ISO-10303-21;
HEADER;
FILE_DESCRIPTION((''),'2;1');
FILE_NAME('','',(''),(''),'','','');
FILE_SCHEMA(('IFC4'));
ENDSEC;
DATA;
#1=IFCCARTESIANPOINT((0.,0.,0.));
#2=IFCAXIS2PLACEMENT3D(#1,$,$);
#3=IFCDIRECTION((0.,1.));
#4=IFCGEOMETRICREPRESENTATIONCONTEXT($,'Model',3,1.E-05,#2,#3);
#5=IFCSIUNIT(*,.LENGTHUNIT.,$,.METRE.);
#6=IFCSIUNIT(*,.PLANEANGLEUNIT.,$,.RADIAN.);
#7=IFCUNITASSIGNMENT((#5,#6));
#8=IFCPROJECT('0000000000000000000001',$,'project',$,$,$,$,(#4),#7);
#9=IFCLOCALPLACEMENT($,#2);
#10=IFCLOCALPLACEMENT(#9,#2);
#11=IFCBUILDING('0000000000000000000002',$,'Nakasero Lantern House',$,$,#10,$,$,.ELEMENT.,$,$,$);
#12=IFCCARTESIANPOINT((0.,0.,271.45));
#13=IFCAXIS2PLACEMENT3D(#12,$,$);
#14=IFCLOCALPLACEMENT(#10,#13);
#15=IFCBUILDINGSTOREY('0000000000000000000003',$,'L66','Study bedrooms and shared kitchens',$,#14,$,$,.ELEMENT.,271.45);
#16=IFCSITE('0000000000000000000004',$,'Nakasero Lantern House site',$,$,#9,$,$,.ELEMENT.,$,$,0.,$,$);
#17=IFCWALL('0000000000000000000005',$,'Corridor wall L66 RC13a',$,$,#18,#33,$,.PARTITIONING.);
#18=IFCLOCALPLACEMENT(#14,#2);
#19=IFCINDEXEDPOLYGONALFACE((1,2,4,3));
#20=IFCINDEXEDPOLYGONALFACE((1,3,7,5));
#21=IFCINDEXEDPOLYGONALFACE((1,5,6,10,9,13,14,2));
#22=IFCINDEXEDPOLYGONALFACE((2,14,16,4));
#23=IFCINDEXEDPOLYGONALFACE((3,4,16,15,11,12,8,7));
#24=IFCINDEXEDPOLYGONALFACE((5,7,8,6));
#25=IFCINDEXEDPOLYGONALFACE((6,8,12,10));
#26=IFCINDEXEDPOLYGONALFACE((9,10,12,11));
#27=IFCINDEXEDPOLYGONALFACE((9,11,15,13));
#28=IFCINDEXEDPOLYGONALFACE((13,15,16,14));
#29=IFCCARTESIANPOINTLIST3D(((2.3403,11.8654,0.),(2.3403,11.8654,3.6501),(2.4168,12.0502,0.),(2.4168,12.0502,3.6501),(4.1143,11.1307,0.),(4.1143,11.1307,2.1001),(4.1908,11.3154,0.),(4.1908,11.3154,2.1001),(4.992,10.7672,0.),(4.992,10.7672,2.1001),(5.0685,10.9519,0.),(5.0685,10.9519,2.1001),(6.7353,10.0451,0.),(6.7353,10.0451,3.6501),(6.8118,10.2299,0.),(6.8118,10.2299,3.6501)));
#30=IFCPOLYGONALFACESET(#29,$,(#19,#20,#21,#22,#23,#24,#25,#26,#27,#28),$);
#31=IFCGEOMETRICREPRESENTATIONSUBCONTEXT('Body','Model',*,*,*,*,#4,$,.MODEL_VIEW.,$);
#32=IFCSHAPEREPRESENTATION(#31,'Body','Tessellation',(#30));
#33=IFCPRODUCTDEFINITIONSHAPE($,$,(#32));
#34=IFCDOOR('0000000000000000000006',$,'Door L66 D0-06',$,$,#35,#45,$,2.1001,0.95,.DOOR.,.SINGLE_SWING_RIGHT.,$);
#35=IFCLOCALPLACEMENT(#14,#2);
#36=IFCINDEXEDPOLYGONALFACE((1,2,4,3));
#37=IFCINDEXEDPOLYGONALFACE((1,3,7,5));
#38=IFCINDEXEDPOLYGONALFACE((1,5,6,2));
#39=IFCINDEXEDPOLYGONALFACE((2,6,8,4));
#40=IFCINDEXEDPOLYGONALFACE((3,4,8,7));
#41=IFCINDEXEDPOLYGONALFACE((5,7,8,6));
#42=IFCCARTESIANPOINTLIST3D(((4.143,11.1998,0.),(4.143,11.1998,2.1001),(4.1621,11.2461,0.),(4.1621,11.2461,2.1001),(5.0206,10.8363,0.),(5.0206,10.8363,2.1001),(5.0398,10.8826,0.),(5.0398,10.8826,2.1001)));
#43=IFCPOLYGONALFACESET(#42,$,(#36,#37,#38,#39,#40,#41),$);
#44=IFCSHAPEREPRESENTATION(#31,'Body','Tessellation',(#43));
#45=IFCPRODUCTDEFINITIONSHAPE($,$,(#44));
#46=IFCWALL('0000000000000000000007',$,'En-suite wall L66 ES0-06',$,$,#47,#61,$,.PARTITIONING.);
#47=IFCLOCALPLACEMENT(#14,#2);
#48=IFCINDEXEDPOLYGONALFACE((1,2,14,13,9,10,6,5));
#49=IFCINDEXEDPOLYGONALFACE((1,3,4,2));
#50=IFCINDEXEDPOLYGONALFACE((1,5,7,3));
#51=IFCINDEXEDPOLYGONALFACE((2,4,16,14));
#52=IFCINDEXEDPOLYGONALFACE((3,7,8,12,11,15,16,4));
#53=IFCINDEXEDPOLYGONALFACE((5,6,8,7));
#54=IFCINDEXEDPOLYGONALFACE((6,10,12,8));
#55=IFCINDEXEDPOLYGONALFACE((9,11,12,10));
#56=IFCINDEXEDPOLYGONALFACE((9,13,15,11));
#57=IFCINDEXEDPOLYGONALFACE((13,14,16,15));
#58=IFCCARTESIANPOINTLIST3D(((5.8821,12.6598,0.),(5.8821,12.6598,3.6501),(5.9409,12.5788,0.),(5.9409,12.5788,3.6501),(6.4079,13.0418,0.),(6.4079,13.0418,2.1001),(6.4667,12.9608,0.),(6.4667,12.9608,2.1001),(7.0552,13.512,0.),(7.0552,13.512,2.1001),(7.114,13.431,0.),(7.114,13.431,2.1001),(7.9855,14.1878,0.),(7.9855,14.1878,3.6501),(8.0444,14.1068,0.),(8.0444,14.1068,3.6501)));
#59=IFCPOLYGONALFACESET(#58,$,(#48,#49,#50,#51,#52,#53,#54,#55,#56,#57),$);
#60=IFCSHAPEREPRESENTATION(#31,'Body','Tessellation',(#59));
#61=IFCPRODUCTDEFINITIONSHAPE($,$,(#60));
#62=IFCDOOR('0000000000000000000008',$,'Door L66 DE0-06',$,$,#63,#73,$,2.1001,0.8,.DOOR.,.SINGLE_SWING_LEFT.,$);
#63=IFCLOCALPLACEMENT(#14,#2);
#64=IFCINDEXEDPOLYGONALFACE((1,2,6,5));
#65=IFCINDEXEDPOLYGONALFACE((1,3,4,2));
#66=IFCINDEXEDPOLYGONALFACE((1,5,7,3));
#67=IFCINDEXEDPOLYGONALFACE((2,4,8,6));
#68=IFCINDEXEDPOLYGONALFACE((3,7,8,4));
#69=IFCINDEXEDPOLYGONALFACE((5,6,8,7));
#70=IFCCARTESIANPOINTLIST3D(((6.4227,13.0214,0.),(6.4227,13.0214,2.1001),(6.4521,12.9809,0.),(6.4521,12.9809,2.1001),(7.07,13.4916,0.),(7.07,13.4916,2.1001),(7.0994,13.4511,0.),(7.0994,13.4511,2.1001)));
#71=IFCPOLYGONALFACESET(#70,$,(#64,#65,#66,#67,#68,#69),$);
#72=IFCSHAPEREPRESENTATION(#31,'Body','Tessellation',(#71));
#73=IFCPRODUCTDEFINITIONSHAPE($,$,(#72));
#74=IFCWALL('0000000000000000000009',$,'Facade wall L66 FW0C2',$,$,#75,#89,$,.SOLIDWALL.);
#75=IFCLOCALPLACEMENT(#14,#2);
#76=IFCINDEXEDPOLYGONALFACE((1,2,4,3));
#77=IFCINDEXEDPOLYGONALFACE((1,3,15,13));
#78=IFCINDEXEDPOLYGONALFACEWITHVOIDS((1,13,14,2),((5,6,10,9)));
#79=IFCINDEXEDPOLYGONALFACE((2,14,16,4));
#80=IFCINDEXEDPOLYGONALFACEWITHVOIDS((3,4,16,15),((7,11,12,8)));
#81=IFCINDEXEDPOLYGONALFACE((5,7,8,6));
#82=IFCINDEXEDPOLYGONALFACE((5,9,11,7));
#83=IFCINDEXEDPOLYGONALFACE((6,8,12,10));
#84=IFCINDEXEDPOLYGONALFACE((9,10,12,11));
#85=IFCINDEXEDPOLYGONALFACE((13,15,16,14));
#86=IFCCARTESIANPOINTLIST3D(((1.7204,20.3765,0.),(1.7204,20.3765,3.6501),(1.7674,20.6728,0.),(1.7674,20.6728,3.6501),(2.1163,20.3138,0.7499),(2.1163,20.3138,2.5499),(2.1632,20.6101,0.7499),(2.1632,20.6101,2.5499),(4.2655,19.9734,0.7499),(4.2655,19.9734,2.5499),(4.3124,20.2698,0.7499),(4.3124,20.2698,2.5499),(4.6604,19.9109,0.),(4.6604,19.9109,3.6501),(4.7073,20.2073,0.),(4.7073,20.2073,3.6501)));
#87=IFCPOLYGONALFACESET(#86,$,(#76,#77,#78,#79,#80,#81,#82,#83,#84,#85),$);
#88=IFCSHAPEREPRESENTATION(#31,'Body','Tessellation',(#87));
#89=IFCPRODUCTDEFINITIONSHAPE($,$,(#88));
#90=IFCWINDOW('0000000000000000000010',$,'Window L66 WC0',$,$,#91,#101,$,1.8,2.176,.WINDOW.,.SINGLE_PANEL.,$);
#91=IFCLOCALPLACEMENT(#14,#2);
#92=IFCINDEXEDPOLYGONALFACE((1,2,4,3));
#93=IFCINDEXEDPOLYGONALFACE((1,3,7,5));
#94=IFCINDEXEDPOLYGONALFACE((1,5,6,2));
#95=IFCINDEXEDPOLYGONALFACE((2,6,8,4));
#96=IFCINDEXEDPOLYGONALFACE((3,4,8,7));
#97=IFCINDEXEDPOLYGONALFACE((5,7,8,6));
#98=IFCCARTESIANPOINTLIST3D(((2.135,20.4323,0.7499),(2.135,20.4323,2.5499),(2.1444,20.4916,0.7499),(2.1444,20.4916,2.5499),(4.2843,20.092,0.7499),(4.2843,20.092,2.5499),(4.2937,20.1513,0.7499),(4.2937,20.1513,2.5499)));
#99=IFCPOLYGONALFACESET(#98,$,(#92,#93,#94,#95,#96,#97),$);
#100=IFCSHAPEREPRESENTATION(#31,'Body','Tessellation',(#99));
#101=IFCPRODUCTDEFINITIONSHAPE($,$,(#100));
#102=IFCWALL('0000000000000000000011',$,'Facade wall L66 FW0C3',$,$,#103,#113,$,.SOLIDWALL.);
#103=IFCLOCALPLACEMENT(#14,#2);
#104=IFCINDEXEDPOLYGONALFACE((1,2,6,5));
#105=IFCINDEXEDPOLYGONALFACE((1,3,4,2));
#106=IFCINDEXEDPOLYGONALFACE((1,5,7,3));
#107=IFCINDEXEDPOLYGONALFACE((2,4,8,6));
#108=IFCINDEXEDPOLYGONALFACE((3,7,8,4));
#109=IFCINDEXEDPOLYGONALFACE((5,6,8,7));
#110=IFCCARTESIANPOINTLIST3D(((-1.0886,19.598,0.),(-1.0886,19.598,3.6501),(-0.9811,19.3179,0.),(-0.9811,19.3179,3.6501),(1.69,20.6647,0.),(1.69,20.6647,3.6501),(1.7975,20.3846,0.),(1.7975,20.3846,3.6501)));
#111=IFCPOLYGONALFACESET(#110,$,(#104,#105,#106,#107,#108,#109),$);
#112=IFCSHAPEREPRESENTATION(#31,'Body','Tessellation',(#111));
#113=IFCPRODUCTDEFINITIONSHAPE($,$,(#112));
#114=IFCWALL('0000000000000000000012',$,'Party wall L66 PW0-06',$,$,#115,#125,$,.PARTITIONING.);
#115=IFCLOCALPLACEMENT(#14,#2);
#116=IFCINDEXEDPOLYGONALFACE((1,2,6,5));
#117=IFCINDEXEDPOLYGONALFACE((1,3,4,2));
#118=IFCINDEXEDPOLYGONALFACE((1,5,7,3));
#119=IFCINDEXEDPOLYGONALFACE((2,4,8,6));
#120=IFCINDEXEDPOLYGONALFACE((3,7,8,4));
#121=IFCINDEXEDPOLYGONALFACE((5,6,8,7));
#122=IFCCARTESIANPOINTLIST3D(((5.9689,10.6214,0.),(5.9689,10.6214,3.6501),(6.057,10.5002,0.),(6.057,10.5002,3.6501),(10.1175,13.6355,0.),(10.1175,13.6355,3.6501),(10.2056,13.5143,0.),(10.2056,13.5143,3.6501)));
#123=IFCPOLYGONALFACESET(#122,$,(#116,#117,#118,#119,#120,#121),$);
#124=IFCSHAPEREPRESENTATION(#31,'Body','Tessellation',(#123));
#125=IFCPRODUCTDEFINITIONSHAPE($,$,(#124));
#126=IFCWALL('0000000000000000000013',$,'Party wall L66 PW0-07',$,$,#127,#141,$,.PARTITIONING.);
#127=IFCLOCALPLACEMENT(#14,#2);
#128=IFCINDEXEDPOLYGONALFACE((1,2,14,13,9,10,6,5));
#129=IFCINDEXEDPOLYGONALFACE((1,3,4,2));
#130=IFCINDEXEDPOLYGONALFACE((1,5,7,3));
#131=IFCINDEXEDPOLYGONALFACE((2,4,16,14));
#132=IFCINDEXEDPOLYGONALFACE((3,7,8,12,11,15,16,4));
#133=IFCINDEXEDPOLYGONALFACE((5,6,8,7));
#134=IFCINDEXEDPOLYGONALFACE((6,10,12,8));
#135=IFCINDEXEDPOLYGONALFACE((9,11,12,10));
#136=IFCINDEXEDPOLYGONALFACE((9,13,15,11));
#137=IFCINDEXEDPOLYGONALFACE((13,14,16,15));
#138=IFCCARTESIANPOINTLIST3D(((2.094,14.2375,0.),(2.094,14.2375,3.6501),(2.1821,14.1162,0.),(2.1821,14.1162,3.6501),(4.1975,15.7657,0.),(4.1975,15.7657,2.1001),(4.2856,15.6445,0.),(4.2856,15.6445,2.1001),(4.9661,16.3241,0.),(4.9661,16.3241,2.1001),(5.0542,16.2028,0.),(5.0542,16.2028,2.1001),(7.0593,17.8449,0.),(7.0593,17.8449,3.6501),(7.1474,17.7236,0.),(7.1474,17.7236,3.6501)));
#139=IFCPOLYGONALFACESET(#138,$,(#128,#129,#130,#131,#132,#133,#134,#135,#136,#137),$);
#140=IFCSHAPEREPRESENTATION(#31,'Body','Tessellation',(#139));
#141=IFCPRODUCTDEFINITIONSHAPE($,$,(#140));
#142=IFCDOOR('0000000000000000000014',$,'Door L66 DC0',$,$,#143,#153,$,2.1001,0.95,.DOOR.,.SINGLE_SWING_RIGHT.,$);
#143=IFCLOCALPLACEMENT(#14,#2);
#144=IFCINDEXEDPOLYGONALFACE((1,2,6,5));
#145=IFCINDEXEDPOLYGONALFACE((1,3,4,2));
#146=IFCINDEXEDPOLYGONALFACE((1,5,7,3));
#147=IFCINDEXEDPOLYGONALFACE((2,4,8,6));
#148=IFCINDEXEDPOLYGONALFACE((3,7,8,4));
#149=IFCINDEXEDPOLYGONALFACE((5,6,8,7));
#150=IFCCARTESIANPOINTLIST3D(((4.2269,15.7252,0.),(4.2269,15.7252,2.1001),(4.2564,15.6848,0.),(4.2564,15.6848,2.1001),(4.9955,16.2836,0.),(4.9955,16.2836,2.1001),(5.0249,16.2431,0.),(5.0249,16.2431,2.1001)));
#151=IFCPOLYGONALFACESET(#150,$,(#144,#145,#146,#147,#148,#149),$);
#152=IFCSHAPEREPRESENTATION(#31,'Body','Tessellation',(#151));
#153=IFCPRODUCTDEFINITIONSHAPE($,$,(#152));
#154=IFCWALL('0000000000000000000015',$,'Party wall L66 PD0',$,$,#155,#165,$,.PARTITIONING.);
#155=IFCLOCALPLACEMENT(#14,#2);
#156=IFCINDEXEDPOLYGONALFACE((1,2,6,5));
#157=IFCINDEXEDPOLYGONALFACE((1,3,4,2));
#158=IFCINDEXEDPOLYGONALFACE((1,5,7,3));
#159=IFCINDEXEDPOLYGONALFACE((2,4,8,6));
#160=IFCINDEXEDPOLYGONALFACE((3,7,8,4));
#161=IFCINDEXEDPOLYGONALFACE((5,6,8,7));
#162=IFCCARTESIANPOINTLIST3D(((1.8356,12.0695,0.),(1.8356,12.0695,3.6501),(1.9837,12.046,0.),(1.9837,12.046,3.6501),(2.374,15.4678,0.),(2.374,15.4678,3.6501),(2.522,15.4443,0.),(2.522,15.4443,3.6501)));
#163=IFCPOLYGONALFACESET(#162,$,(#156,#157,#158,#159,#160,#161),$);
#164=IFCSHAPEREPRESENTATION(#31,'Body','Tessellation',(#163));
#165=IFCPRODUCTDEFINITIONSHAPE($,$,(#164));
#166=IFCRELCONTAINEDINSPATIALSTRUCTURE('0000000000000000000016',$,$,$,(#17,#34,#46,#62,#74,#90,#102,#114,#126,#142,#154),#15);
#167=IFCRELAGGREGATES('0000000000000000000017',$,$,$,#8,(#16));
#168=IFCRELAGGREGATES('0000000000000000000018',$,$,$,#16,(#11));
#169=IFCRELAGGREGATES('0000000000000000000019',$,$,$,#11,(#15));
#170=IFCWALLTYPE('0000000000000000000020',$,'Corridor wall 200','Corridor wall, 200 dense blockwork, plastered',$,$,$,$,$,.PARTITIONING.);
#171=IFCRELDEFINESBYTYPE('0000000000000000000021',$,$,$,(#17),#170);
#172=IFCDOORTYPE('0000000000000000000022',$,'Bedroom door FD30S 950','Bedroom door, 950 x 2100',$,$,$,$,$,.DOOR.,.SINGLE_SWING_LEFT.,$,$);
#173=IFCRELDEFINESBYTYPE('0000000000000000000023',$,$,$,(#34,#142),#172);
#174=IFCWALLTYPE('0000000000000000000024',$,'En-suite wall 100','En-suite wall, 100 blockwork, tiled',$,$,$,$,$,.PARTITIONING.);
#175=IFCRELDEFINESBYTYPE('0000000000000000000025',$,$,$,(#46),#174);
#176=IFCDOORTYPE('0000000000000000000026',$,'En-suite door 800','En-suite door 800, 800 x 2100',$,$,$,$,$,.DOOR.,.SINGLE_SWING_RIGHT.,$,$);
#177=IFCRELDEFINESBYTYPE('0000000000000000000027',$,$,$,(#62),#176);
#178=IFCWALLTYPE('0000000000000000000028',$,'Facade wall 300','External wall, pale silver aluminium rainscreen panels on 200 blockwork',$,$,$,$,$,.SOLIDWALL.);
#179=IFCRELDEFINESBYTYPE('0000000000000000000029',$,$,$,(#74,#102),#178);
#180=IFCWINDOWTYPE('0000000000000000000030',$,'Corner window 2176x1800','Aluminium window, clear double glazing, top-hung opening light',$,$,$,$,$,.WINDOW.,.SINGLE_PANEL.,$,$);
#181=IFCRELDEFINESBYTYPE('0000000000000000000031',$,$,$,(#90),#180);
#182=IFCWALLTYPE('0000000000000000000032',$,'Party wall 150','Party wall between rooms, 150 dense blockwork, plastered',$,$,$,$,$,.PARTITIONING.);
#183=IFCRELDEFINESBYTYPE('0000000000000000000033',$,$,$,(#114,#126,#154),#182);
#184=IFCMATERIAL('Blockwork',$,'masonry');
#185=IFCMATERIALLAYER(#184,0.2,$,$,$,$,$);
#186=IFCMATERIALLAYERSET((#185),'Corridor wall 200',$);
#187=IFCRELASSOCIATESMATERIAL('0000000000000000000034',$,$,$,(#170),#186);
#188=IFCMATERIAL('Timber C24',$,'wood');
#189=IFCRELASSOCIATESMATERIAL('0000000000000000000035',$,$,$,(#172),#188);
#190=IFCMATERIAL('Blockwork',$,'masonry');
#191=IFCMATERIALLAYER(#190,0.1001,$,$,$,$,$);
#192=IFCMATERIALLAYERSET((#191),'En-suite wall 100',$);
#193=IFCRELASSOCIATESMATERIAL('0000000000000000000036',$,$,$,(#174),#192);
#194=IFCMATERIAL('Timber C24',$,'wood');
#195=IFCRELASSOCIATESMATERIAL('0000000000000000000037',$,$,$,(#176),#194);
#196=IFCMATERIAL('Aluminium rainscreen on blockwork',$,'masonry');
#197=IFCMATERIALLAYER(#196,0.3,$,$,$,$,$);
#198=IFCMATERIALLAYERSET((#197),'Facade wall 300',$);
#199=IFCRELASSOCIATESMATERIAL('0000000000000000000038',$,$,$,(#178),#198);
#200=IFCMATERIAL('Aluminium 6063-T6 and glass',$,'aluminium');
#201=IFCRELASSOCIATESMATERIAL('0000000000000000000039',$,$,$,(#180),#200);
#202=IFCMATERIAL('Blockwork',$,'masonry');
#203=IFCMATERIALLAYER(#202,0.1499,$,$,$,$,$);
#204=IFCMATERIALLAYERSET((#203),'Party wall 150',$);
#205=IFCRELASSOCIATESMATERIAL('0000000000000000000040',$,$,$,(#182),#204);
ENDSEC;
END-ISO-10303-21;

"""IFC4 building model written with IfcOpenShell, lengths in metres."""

from ifc_helpers import new_model, si_unit, direction, frame, frame_2d, origin, place, context, subcontext, project, spatial, rectangle, extrude, material, layer, layer_set, type_object, element, fill, save


model = new_model("IFC4")

# Units and contexts
model_context = context("Model", 3, precision=1e-05, world=origin(), true_north=direction((0.0, 1.0)))
body_context = subcontext(model_context, "Body", "Model", "MODEL_VIEW")
ifc_project = project(units=[si_unit("LENGTHUNIT", "METRE"), si_unit("PLANEANGLEUNIT", "RADIAN")], contexts=[model_context])

# Site, building, storey
site_placement = place(None, origin())
site = spatial("IfcSite", under=ifc_project, at=site_placement, Name="Nakasero Lantern House site", CompositionType="ELEMENT", RefElevation=0.0)
building_placement = place(site_placement, origin())
building = spatial("IfcBuilding", under=site, at=building_placement, Name="Nakasero Lantern House", CompositionType="ELEMENT")
storey_placement = place(building_placement, frame((0.0, 0.0, 271.45)))
storey = spatial("IfcBuildingStorey", under=building, at=storey_placement, Name="L66", Description="Study bedrooms and shared kitchens", CompositionType="ELEMENT", Elevation=271.45)

# Walls, openings, doors
ifc_material_1 = material(Name="Blockwork", Category="masonry")
ifc_layer_1 = layer(ifc_material_1, 0.2)
ifc_layer_set_1 = layer_set([ifc_layer_1], Name="Corridor wall 200")
wall_type_1 = type_object("IfcWallType", Name="Corridor wall 200", Description="Corridor wall, 200 dense blockwork, plastered", PredefinedType="PARTITIONING", material=ifc_layer_set_1)
wall_1_placement = place(storey_placement, frame((2.3787, 11.9578, 0.0), z_axis=(0.0, 0.0, 1.0), x_axis=(0.923892, -0.382654, 0.0)))
wall_1 = element("IfcWall", 1, at=wall_1_placement, inside=storey, type_object=wall_type_1, Name="Corridor wall L66 RC13a", PredefinedType="PARTITIONING", context=body_context, shape_type="SweptSolid", body=[
    extrude(rectangle(XDim=4.7571, YDim=0.2, at=frame_2d((2.3784, 0.0))), origin(), (0.0, 0.0, 1.0), 3.6501),
])
opening_1_placement = place(wall_1_placement, frame((1.9199, 0.0, 0.0)))
opening_1 = element("IfcOpeningElement", 2, at=opening_1_placement, cuts=wall_1, PredefinedType="OPENING", context=body_context, shape_type="SweptSolid", body=[
    extrude(rectangle(XDim=0.95, YDim=2.1001, at=frame_2d((0.4751, 1.05))), frame((0.0, 0.1199, 0.0), z_axis=(0.0, -1.0, 0.0), x_axis=(1.0, 0.0, 0.0)), (0.0, 0.0, 1.0), 0.24),
])
ifc_material_2 = material(Name="Timber C24", Category="wood")
door_type_1 = type_object("IfcDoorType", Name="Bedroom door FD30S 950", Description="Bedroom door, 950 x 2100", OperationType="SINGLE_SWING_LEFT", PredefinedType="DOOR", material=ifc_material_2)
door_1_placement = place(opening_1_placement, origin())
door_1 = element("IfcDoor", 3, at=door_1_placement, inside=storey, type_object=door_type_1, Name="Door L66 D0-06", OperationType="SINGLE_SWING_RIGHT", OverallHeight=2.1001, OverallWidth=0.95, PredefinedType="DOOR", context=body_context, shape_type="SweptSolid", body=[
    extrude(rectangle(XDim=0.95, YDim=2.1001, at=frame_2d((0.4751, 1.05))), frame((0.0, 0.0249, 0.0), z_axis=(0.0, -1.0, 0.0), x_axis=(1.0, 0.0, 0.0)), (0.0, 0.0, 1.0), 0.05),
])
fill(opening_1, door_1)
ifc_material_3 = material(Name="Blockwork", Category="masonry")
ifc_layer_2 = layer(ifc_material_3, 0.1001)
ifc_layer_set_2 = layer_set([ifc_layer_2], Name="En-suite wall 100")
wall_type_2 = type_object("IfcWallType", Name="En-suite wall 100", Description="En-suite wall, 100 blockwork, tiled", PredefinedType="PARTITIONING", material=ifc_layer_set_2)
wall_2_placement = place(storey_placement, frame((5.9116, 12.6194, 0.0), z_axis=(0.0, 0.0, 1.0), x_axis=(0.809057, 0.587731, 0.0)))
wall_2 = element("IfcWall", 4, at=wall_2_placement, inside=storey, type_object=wall_type_2, Name="En-suite wall L66 ES0-06", PredefinedType="PARTITIONING", context=body_context, shape_type="SweptSolid", body=[
    extrude(rectangle(XDim=2.5999, YDim=0.1001, at=frame_2d((1.2998, 0.0))), origin(), (0.0, 0.0, 1.0), 3.6501),
])
opening_2_placement = place(wall_2_placement, frame((0.6499, 0.0, 0.0)))
opening_2 = element("IfcOpeningElement", 5, at=opening_2_placement, cuts=wall_2, PredefinedType="OPENING", context=body_context, shape_type="SweptSolid", body=[
    extrude(rectangle(XDim=0.8, YDim=2.1001, at=frame_2d((0.3999, 1.05))), frame((0.0, 0.0701, 0.0), z_axis=(0.0, -1.0, 0.0), x_axis=(1.0, 0.0, 0.0)), (0.0, 0.0, 1.0), 0.1401),
])
ifc_material_4 = material(Name="Timber C24", Category="wood")
door_type_2 = type_object("IfcDoorType", Name="En-suite door 800", Description="En-suite door 800, 800 x 2100", OperationType="SINGLE_SWING_RIGHT", PredefinedType="DOOR", material=ifc_material_4)
door_2_placement = place(opening_2_placement, origin())
door_2 = element("IfcDoor", 6, at=door_2_placement, inside=storey, type_object=door_type_2, Name="Door L66 DE0-06", OperationType="SINGLE_SWING_LEFT", OverallHeight=2.1001, OverallWidth=0.8, PredefinedType="DOOR", context=body_context, shape_type="SweptSolid", body=[
    extrude(rectangle(XDim=0.8, YDim=2.1001, at=frame_2d((0.3999, 1.05))), frame((0.0, 0.0249, 0.0), z_axis=(0.0, -1.0, 0.0), x_axis=(1.0, 0.0, 0.0)), (0.0, 0.0, 1.0), 0.05),
])
fill(opening_2, door_2)

# Wall, opening, window
ifc_material_5 = material(Name="Aluminium rainscreen on blockwork", Category="masonry")
ifc_layer_3 = layer(ifc_material_5, 0.3)
ifc_layer_set_3 = layer_set([ifc_layer_3], Name="Facade wall 300")
wall_type_3 = type_object("IfcWallType", Name="Facade wall 300", Description="External wall, pale silver aluminium rainscreen panels on 200 blockwork", PredefinedType="SOLIDWALL", material=ifc_layer_set_3)
wall_3_placement = place(storey_placement, frame((4.6838, 20.0591, 0.0), z_axis=(0.0, 0.0, 1.0), x_axis=(-0.987692, 0.156413, 0.0)))
wall_3 = element("IfcWall", 7, at=wall_3_placement, inside=storey, type_object=wall_type_3, Name="Facade wall L66 FW0C2", PredefinedType="SOLIDWALL", context=body_context, shape_type="SweptSolid", body=[
    extrude(rectangle(XDim=2.9766, YDim=0.3, at=frame_2d((1.4883, 0.0))), origin(), (0.0, 0.0, 1.0), 3.6501),
])
opening_3_placement = place(wall_3_placement, frame((0.3999, 0.0, 0.75)))
opening_3 = element("IfcOpeningElement", 8, at=opening_3_placement, cuts=wall_3, PredefinedType="OPENING", context=body_context, shape_type="SweptSolid", body=[
    extrude(rectangle(XDim=2.176, YDim=1.8, at=frame_2d((1.0879, 0.8999))), frame((0.0, 0.1699, 0.0), z_axis=(0.0, -1.0, 0.0), x_axis=(1.0, 0.0, 0.0)), (0.0, 0.0, 1.0), 0.3401),
])
ifc_material_6 = material(Name="Aluminium 6063-T6 and glass", Category="aluminium")
window_type = type_object("IfcWindowType", Name="Corner window 2176x1800", Description="Aluminium window, clear double glazing, top-hung opening light", PartitioningType="SINGLE_PANEL", PredefinedType="WINDOW", material=ifc_material_6)
window_placement = place(opening_3_placement, origin())
window = element("IfcWindow", 9, at=window_placement, inside=storey, type_object=window_type, Name="Window L66 WC0", OverallHeight=1.8, OverallWidth=2.176, PartitioningType="SINGLE_PANEL", PredefinedType="WINDOW", context=body_context, shape_type="SweptSolid", body=[
    extrude(rectangle(XDim=2.176, YDim=1.8, at=frame_2d((1.0879, 0.8999))), frame((0.0, 0.03, 0.0), z_axis=(0.0, -1.0, 0.0), x_axis=(1.0, 0.0, 0.0)), (0.0, 0.0, 1.0), 0.0601),
])
fill(opening_3, window)

# Walls
wall_4_placement = place(storey_placement, frame((1.7439, 20.5247, 0.0), z_axis=(0.0, 0.0, 1.0), x_axis=(-0.933574, -0.358385, 0.0)))
element("IfcWall", 10, at=wall_4_placement, inside=storey, type_object=wall_type_3, Name="Facade wall L66 FW0C3", PredefinedType="SOLIDWALL", context=body_context, shape_type="SweptSolid", body=[
    extrude(rectangle(XDim=2.9763, YDim=0.3, at=frame_2d((1.4883, 0.0))), origin(), (0.0, 0.0, 1.0), 3.6501),
])
ifc_material_7 = material(Name="Blockwork", Category="masonry")
ifc_layer_4 = layer(ifc_material_7, 0.1499)
ifc_layer_set_4 = layer_set([ifc_layer_4], Name="Party wall 150")
wall_type_4 = type_object("IfcWallType", Name="Party wall 150", Description="Party wall between rooms, 150 dense blockwork, plastered", PredefinedType="PARTITIONING", material=ifc_layer_set_4)
wall_5_placement = place(storey_placement, frame((6.0129, 10.5608, 0.0), z_axis=(0.0, 0.0, 1.0), x_axis=(0.80902, 0.587781, 0.0)))
element("IfcWall", 11, at=wall_5_placement, inside=storey, type_object=wall_type_4, Name="Party wall L66 PW0-06", PredefinedType="PARTITIONING", context=body_context, shape_type="SweptSolid", body=[
    extrude(rectangle(XDim=5.1279, YDim=0.1499, at=frame_2d((2.564, 0.0))), origin(), (0.0, 0.0, 1.0), 3.6501),
])

# Wall, opening, door
wall_6_placement = place(storey_placement, frame((2.1379, 14.1768, 0.0), z_axis=(0.0, 0.0, 1.0), x_axis=(0.809025, 0.587774, 0.0)))
wall_6 = element("IfcWall", 12, at=wall_6_placement, inside=storey, type_object=wall_type_4, Name="Party wall L66 PW0-07", PredefinedType="PARTITIONING", context=body_context, shape_type="SweptSolid", body=[
    extrude(rectangle(XDim=6.1375, YDim=0.1499, at=frame_2d((3.0688, 0.0))), origin(), (0.0, 0.0, 1.0), 3.6501),
])
opening_4_placement = place(wall_6_placement, frame((2.6001, 0.0, 0.0)))
opening_4 = element("IfcOpeningElement", 13, at=opening_4_placement, cuts=wall_6, PredefinedType="OPENING", context=body_context, shape_type="SweptSolid", body=[
    extrude(rectangle(XDim=0.95, YDim=2.1001, at=frame_2d((0.4751, 1.05))), frame((0.0, 0.095, 0.0), z_axis=(0.0, -1.0, 0.0), x_axis=(1.0, 0.0, 0.0)), (0.0, 0.0, 1.0), 0.1899),
])
door_3_placement = place(opening_4_placement, origin())
door_3 = element("IfcDoor", 14, at=door_3_placement, inside=storey, type_object=door_type_1, Name="Door L66 DC0", OperationType="SINGLE_SWING_RIGHT", OverallHeight=2.1001, OverallWidth=0.95, PredefinedType="DOOR", context=body_context, shape_type="SweptSolid", body=[
    extrude(rectangle(XDim=0.95, YDim=2.1001, at=frame_2d((0.4751, 1.05))), frame((0.0, 0.0249, 0.0), z_axis=(0.0, -1.0, 0.0), x_axis=(1.0, 0.0, 0.0)), (0.0, 0.0, 1.0), 0.05),
])
fill(opening_4, door_3)

# Wall
wall_7_placement = place(storey_placement, frame((1.9097, 12.0579, 0.0), z_axis=(0.0, 0.0, 1.0), x_axis=(0.156465, 0.987683, 0.0)))
element("IfcWall", 15, at=wall_7_placement, inside=storey, type_object=wall_type_4, Name="Party wall L66 PD0", PredefinedType="PARTITIONING", context=body_context, shape_type="SweptSolid", body=[
    extrude(rectangle(XDim=3.4407, YDim=0.1499, at=frame_2d((1.7202, 0.0))), origin(), (0.0, 0.0, 1.0), 3.6501),
])

save(model, "model.ifc")
